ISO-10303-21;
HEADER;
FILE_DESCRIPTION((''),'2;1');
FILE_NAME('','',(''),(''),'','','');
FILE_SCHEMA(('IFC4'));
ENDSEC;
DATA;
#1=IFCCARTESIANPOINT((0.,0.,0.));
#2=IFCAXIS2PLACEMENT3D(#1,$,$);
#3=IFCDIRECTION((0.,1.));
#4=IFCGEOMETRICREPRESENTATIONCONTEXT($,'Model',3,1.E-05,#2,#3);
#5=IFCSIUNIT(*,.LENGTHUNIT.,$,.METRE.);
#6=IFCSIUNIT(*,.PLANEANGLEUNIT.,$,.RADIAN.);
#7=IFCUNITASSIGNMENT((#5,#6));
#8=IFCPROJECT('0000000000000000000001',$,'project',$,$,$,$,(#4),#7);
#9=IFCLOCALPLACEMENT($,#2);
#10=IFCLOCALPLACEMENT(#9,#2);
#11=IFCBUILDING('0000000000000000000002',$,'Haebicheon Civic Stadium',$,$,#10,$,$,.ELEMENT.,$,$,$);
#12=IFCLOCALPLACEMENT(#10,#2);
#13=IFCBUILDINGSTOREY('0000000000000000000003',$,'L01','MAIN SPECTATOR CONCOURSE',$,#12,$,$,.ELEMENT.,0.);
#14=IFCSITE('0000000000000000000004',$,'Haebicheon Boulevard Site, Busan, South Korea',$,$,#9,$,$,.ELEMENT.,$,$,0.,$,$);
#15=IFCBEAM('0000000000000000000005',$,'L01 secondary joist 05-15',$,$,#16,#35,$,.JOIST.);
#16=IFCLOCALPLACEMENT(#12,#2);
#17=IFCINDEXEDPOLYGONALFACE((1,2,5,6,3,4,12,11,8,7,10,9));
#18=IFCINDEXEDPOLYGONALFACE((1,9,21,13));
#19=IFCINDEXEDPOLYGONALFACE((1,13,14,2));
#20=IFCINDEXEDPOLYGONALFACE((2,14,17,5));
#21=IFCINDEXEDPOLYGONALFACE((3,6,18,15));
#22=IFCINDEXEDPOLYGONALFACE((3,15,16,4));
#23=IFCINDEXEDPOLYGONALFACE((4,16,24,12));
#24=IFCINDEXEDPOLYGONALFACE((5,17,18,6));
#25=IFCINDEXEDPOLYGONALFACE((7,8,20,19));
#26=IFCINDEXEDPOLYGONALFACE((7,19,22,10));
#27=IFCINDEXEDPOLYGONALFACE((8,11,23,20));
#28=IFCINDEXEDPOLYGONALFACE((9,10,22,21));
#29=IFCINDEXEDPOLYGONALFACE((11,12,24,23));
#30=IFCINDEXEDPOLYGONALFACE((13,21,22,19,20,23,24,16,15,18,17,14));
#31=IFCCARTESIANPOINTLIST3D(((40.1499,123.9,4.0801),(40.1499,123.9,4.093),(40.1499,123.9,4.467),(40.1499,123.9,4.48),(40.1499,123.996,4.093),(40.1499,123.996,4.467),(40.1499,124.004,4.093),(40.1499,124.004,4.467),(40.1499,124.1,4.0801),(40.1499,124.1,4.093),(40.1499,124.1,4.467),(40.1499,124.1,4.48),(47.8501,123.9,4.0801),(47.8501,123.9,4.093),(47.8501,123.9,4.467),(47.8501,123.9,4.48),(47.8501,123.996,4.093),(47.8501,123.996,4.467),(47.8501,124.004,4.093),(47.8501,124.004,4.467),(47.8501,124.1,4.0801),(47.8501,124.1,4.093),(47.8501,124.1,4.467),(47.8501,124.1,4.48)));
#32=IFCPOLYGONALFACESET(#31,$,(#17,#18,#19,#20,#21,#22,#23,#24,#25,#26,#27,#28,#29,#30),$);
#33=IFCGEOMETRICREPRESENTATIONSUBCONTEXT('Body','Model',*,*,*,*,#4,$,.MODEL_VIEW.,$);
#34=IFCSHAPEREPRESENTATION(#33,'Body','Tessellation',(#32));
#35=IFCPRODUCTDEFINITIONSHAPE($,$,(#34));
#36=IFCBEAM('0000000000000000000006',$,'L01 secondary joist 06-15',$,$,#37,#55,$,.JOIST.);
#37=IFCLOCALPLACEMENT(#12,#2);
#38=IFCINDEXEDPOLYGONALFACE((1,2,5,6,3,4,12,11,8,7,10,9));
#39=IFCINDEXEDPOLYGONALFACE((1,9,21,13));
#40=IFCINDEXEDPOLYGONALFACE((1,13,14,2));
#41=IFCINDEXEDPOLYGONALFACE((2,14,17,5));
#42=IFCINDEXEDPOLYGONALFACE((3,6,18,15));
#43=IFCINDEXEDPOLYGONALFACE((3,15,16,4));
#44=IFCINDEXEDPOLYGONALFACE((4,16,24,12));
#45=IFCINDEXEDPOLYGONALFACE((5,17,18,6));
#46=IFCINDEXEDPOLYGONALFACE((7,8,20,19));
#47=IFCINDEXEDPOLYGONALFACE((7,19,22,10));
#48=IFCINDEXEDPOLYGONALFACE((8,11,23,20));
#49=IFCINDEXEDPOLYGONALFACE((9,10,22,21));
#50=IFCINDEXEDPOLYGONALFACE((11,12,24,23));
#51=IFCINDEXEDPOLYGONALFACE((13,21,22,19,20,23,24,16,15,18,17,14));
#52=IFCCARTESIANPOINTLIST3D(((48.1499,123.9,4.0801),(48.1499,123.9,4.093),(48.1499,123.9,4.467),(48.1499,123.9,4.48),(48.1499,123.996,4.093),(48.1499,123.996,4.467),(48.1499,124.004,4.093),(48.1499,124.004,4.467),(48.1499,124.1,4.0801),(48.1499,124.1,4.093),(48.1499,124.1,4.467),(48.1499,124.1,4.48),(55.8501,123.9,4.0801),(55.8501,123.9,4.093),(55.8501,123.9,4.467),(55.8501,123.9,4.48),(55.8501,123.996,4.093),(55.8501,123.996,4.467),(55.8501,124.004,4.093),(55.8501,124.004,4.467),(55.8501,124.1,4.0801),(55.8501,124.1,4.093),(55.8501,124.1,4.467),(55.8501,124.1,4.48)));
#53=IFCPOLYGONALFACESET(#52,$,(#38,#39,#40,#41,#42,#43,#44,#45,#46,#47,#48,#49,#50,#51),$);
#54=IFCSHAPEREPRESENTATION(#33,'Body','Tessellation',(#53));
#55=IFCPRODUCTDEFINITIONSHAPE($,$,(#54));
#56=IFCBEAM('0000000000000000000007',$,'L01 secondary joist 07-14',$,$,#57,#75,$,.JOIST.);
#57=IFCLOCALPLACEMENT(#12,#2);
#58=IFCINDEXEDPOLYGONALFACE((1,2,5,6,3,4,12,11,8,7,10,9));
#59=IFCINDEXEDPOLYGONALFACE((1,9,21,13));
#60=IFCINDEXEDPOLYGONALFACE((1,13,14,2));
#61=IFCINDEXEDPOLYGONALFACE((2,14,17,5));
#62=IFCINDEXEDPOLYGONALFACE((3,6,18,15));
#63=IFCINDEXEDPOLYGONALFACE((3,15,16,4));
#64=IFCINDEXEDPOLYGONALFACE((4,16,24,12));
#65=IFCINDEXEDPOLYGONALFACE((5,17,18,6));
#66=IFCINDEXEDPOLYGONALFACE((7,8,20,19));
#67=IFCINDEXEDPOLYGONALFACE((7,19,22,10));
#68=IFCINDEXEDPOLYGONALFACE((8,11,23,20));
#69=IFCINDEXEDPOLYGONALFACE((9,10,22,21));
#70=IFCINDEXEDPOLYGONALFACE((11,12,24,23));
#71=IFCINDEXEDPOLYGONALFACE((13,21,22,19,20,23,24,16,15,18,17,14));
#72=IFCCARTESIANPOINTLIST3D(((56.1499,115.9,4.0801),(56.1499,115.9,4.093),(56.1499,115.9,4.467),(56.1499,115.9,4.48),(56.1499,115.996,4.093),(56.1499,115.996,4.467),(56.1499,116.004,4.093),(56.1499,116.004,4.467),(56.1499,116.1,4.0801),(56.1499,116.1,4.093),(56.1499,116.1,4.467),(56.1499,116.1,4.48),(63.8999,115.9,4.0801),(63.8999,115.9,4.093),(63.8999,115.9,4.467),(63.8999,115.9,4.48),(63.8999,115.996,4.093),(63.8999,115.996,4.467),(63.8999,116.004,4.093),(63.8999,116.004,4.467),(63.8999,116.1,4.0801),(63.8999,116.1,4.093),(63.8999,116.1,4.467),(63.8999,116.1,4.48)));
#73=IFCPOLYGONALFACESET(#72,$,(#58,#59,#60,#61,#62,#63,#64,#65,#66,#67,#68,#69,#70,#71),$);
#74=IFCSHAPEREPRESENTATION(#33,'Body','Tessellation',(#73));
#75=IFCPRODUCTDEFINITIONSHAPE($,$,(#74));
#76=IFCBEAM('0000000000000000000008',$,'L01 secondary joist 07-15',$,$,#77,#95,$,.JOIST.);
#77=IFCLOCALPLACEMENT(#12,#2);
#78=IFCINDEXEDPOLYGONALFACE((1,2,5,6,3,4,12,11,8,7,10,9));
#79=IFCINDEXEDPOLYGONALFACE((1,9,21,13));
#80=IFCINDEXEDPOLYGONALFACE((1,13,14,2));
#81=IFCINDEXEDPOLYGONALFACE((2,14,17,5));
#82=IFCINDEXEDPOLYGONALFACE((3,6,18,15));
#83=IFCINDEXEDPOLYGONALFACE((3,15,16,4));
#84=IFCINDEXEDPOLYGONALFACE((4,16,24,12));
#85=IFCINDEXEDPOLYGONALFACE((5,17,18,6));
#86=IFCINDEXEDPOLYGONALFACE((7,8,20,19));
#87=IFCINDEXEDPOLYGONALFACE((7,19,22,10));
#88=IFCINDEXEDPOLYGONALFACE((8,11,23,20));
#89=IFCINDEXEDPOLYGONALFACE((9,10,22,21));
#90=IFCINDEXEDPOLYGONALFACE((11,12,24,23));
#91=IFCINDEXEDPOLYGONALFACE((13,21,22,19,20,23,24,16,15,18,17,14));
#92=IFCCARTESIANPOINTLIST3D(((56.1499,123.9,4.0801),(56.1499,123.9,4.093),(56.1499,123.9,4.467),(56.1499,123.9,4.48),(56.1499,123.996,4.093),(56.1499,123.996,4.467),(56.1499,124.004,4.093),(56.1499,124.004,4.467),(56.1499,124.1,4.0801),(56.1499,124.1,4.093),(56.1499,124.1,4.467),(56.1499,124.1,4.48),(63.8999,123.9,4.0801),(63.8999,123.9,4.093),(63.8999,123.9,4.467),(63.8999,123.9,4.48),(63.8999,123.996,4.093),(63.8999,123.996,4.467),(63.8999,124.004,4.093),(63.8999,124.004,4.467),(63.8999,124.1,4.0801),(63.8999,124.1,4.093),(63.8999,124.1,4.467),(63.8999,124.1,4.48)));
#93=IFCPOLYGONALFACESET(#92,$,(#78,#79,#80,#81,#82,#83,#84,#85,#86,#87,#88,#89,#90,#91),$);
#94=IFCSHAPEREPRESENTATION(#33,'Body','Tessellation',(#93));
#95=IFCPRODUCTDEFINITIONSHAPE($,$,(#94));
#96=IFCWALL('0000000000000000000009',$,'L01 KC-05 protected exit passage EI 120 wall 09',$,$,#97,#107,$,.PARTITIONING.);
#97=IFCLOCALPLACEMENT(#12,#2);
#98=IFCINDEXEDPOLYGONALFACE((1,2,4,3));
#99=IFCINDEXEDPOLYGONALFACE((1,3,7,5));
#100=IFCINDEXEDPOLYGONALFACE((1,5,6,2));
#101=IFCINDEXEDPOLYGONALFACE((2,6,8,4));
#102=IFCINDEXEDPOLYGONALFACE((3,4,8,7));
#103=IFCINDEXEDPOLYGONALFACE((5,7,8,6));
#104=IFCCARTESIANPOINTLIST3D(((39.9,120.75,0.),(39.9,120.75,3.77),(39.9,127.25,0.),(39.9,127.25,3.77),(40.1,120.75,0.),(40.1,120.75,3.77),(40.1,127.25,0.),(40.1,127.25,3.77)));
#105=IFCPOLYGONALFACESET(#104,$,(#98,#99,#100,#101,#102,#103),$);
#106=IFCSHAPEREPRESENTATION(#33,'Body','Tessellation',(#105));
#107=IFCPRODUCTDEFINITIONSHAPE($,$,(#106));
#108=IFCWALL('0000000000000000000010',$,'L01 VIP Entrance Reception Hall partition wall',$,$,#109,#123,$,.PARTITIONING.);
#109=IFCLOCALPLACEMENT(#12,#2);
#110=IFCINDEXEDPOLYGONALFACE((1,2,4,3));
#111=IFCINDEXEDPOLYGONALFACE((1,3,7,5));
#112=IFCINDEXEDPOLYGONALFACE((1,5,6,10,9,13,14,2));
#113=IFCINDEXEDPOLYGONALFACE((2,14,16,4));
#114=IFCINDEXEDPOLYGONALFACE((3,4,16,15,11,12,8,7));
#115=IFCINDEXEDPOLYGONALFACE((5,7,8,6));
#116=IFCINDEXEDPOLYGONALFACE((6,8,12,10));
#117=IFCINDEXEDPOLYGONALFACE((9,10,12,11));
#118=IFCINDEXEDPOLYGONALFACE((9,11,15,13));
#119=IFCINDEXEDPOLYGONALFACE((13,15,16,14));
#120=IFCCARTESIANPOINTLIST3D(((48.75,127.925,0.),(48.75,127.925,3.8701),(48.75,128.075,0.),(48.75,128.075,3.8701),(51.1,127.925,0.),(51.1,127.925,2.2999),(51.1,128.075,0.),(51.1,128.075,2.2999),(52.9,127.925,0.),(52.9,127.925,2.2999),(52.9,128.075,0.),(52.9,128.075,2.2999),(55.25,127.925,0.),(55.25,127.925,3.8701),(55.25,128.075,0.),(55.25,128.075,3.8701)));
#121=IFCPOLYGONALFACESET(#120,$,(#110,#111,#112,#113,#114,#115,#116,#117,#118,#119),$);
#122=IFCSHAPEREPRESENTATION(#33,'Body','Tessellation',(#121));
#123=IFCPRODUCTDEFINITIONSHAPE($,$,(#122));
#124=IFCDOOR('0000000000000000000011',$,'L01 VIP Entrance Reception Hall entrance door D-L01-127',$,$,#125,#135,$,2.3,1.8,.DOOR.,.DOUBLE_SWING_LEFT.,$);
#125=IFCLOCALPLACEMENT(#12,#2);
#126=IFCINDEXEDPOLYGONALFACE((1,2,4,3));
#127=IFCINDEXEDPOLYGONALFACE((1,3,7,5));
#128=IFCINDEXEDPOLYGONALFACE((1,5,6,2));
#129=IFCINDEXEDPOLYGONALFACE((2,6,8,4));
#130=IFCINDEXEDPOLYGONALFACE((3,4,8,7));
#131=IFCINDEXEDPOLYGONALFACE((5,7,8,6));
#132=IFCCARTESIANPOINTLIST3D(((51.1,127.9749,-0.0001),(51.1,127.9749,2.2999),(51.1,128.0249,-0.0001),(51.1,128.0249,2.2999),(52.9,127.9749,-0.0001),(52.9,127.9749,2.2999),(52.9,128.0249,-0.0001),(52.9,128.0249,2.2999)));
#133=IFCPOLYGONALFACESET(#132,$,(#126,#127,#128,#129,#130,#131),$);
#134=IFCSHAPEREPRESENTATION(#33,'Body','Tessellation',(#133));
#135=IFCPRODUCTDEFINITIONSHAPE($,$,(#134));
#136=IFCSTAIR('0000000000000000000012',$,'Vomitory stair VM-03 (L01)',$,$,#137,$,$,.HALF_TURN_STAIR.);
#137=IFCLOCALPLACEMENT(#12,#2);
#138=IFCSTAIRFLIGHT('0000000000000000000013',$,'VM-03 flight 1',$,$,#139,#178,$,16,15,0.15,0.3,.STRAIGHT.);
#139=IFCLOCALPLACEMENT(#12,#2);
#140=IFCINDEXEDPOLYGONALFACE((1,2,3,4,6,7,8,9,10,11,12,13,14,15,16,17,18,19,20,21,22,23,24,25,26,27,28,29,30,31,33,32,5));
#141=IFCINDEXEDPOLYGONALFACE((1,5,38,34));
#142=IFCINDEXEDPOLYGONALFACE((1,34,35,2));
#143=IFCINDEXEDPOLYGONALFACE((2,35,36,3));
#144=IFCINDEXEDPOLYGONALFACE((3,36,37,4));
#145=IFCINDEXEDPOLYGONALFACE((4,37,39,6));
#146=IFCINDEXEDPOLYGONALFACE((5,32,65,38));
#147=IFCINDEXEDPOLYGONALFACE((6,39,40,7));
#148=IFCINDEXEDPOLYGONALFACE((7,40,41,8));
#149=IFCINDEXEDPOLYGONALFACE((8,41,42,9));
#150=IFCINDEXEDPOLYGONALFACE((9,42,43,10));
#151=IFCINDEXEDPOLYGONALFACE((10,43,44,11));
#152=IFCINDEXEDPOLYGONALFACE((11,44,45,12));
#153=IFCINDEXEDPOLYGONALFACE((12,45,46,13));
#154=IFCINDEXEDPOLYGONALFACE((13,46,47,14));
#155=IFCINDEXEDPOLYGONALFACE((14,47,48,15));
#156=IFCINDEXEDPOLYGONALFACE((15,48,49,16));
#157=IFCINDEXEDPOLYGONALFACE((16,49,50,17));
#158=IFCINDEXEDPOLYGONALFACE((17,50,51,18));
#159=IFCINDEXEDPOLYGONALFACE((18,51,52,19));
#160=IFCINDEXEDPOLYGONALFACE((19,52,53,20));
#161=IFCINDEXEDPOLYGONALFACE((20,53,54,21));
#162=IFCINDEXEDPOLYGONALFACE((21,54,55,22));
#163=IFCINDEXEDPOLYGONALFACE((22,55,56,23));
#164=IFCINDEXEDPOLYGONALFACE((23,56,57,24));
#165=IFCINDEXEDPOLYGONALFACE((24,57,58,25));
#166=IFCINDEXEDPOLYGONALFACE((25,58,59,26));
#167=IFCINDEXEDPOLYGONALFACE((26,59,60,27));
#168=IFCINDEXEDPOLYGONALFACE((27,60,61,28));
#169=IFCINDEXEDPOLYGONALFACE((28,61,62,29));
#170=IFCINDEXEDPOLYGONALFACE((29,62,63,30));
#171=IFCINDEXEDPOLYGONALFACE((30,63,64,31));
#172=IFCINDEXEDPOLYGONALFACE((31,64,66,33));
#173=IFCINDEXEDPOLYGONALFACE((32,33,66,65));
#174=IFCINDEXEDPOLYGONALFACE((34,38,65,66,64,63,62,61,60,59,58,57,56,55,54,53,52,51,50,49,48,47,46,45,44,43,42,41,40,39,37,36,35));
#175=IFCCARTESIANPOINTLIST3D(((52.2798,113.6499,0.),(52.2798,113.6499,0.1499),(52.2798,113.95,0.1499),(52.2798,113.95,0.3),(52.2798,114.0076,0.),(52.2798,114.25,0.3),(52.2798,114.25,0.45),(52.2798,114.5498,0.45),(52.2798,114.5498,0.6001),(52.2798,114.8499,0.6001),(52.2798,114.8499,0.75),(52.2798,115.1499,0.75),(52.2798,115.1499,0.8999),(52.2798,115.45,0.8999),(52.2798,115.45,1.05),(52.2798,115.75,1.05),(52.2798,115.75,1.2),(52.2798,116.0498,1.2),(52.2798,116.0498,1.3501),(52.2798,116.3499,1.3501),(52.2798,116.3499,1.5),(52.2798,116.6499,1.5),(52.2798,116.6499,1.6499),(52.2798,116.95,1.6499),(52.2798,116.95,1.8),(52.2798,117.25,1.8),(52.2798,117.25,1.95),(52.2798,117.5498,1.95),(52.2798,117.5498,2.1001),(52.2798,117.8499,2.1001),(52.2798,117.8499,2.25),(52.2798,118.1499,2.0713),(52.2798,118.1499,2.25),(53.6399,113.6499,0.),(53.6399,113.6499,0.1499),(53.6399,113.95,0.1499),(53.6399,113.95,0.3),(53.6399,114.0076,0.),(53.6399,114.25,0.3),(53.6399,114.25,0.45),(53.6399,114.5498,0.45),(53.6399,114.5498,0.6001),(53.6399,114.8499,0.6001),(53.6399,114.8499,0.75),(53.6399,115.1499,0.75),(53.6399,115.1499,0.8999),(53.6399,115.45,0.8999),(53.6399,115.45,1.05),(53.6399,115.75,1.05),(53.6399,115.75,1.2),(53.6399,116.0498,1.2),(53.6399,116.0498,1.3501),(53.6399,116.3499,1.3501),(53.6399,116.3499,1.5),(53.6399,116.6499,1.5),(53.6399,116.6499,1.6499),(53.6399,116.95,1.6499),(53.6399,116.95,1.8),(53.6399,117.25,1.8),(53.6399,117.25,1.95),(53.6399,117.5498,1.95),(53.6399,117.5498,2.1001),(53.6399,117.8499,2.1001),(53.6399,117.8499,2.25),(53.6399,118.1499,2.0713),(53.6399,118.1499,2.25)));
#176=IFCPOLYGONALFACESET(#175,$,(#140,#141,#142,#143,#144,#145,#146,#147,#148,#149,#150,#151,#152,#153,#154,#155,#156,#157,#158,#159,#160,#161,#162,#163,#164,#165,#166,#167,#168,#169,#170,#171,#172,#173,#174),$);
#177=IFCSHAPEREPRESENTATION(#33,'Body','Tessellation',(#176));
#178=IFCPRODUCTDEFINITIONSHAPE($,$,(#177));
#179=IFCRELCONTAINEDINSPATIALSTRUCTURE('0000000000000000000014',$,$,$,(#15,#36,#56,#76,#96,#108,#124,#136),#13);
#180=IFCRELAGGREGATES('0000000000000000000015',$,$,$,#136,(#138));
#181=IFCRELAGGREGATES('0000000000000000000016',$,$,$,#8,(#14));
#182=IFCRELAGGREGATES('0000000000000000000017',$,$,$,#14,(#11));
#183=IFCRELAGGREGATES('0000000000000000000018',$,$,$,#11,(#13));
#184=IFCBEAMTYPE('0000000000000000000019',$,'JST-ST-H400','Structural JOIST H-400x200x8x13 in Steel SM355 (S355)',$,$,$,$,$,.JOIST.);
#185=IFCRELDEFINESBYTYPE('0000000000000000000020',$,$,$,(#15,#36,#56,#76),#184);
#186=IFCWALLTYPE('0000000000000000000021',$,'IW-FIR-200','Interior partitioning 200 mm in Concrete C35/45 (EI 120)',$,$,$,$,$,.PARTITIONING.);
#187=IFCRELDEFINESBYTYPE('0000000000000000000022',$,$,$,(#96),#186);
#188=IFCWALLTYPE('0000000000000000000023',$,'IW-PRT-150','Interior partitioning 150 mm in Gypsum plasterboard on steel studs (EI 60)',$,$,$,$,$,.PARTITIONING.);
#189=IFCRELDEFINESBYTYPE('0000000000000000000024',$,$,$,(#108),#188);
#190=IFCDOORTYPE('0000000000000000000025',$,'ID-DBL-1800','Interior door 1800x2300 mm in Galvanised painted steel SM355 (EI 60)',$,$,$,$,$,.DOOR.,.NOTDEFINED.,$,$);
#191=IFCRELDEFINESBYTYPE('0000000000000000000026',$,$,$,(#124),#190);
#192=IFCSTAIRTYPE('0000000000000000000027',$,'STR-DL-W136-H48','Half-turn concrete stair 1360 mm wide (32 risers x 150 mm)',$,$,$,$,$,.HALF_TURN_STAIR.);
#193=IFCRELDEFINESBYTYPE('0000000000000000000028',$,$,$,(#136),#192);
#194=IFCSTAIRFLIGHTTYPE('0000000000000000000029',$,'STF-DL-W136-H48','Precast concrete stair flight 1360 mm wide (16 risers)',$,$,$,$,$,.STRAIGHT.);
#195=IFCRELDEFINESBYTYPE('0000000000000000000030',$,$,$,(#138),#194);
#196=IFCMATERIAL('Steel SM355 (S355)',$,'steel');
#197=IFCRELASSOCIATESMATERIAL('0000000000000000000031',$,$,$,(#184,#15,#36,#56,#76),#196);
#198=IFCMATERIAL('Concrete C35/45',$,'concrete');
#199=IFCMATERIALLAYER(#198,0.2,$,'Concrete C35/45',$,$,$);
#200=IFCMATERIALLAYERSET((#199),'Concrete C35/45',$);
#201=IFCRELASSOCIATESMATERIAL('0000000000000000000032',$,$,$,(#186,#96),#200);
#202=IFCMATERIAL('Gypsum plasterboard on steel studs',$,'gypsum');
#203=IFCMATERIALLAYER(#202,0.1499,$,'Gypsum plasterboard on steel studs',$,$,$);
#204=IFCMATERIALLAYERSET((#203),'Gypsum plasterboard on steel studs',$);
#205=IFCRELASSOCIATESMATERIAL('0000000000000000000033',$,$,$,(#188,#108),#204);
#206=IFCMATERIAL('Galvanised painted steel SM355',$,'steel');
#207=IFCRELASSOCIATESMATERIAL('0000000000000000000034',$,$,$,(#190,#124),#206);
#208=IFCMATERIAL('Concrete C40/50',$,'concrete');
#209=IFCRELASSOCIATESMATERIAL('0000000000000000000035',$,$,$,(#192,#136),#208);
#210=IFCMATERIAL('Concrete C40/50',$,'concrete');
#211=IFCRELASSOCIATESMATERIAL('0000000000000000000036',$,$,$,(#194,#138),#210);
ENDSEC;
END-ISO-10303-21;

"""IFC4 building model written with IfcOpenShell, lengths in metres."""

from ifc_helpers import new_model, si_unit, direction, frame, frame_2d, origin, origin_2d, place, context, subcontext, project, spatial, polyline, rectangle, i_section, outline, extrude, material, layer, layer_set, material_profile, profile_set, type_object, element, fill, aggregate, save


model = new_model("IFC4")

# Units and contexts
model_context = context("Model", 3, precision=1e-05, world=origin(), true_north=direction((0.0, 1.0)))
body_context = subcontext(model_context, "Body", "Model", "MODEL_VIEW")
ifc_project = project(units=[si_unit("LENGTHUNIT", "METRE"), si_unit("PLANEANGLEUNIT", "RADIAN")], contexts=[model_context])

# Site, building, storey
site_placement = place(None, origin())
site = spatial("IfcSite", under=ifc_project, at=site_placement, Name="Haebicheon Boulevard Site, Busan, South Korea", CompositionType="ELEMENT", RefElevation=0.0)
building_placement = place(site_placement, origin())
building = spatial("IfcBuilding", under=site, at=building_placement, Name="Haebicheon Civic Stadium", CompositionType="ELEMENT")
storey_placement = place(building_placement, origin())
storey = spatial("IfcBuildingStorey", under=building, at=storey_placement, Name="L01", Description="MAIN SPECTATOR CONCOURSE", CompositionType="ELEMENT", Elevation=0.0)

# Beams
ifc_material_1 = material(Name="Steel SM355 (S355)", Category="steel")
ifc_material_profile_1 = material_profile(ifc_material_1, i_section(OverallWidth=0.2, OverallDepth=0.3999, WebThickness=0.0081, FlangeThickness=0.0129, at=origin_2d()), Name="H-400x200x8x13")
ifc_profile_set_1 = profile_set([ifc_material_profile_1], Name="Steel SM355 (S355)")
beam_type_1 = type_object("IfcBeamType", Name="JST-ST-H400", Description="Structural JOIST H-400x200x8x13 in Steel SM355 (S355)", PredefinedType="JOIST", material=ifc_profile_set_1)
for number, where, z_axis, x_axis, name in (
    (1, (40.1499, 124.0, 4.28), (1.0, 0.0, 0.0), (0.0, 1.0, 0.0), "L01 secondary joist 05-15"),
    (2, (48.1499, 124.0, 4.28), (1.0, 0.0, 0.0), (0.0, 1.0, 0.0), "L01 secondary joist 06-15"),
):
    element("IfcBeam", number, at=place(storey_placement, frame(where, z_axis=z_axis, x_axis=x_axis)), inside=storey, type_object=beam_type_1, material=ifc_profile_set_1, Name=name, PredefinedType="JOIST", context=body_context, shape_type="SweptSolid", body=[
        extrude(i_section(OverallWidth=0.2, OverallDepth=0.3999, WebThickness=0.0081, FlangeThickness=0.0129, at=origin_2d()), origin(), (0.0, 0.0, 1.0), 7.7002),
    ])
for number, where, z_axis, x_axis, name in (
    (3, (56.1499, 116.0, 4.28), (1.0, 0.0, 0.0), (0.0, 1.0, 0.0), "L01 secondary joist 07-14"),
    (4, (56.1499, 124.0, 4.28), (1.0, 0.0, 0.0), (0.0, 1.0, 0.0), "L01 secondary joist 07-15"),
):
    element("IfcBeam", number, at=place(storey_placement, frame(where, z_axis=z_axis, x_axis=x_axis)), inside=storey, type_object=beam_type_1, material=ifc_profile_set_1, Name=name, PredefinedType="JOIST", context=body_context, shape_type="SweptSolid", body=[
        extrude(i_section(OverallWidth=0.2, OverallDepth=0.3999, WebThickness=0.0081, FlangeThickness=0.0129, at=origin_2d()), origin(), (0.0, 0.0, 1.0), 7.75),
    ])

# Wall
ifc_material_2 = material(Name="Concrete C35/45", Category="concrete")
ifc_layer_1 = layer(ifc_material_2, 0.2, Name="Concrete C35/45")
ifc_layer_set_1 = layer_set([ifc_layer_1], Name="Concrete C35/45")
wall_type_1 = type_object("IfcWallType", Name="IW-FIR-200", Description="Interior partitioning 200 mm in Concrete C35/45 (EI 120)", PredefinedType="PARTITIONING", material=ifc_layer_set_1)
wall_1_placement = place(storey_placement, frame((40.0, 120.75, 0.0), z_axis=(0.0, 0.0, 1.0), x_axis=(0.0, 1.0, 0.0)))
element("IfcWall", 5, at=wall_1_placement, inside=storey, type_object=wall_type_1, material=ifc_layer_set_1, Name="L01 KC-05 protected exit passage EI 120 wall 09", PredefinedType="PARTITIONING", context=body_context, shape_type="SweptSolid", body=[
    extrude(rectangle(XDim=6.5, YDim=0.2, at=frame_2d((3.25, 0.0))), origin(), (0.0, 0.0, 1.0), 3.77),
])

# Wall, opening, door
ifc_material_3 = material(Name="Gypsum plasterboard on steel studs", Category="gypsum")
ifc_layer_2 = layer(ifc_material_3, 0.1499, Name="Gypsum plasterboard on steel studs")
ifc_layer_set_2 = layer_set([ifc_layer_2], Name="Gypsum plasterboard on steel studs")
wall_type_2 = type_object("IfcWallType", Name="IW-PRT-150", Description="Interior partitioning 150 mm in Gypsum plasterboard on steel studs (EI 60)", PredefinedType="PARTITIONING", material=ifc_layer_set_2)
wall_2_placement = place(storey_placement, frame((48.75, 128.0, 0.0), z_axis=(0.0, 0.0, 1.0), x_axis=(1.0, 0.0, 0.0)))
wall_2 = element("IfcWall", 6, at=wall_2_placement, inside=storey, type_object=wall_type_2, material=ifc_layer_set_2, Name="L01 VIP Entrance Reception Hall partition wall", PredefinedType="PARTITIONING", context=body_context, shape_type="SweptSolid", body=[
    extrude(rectangle(XDim=6.5, YDim=0.1499, at=frame_2d((3.25, 0.0))), origin(), (0.0, 0.0, 1.0), 3.8701),
])
opening_placement = place(wall_2_placement, frame((2.3501, 0.0, 0.0)))
opening = element("IfcOpeningElement", 7, at=opening_placement, cuts=wall_2, PredefinedType="OPENING", context=body_context, shape_type="SweptSolid", body=[
    extrude(rectangle(XDim=1.8, YDim=2.3, at=frame_2d((0.8999, 1.1499))), frame((0.0, 0.085, 0.0), z_axis=(0.0, -1.0, 0.0), x_axis=(1.0, 0.0, 0.0)), (0.0, 0.0, 1.0), 0.1699),
])
ifc_material_4 = material(Name="Galvanised painted steel SM355", Category="steel")
door_type = type_object("IfcDoorType", Name="ID-DBL-1800", Description="Interior door 1800x2300 mm in Galvanised painted steel SM355 (EI 60)", OperationType="NOTDEFINED", PredefinedType="DOOR", material=ifc_material_4)
door_placement = place(opening_placement, origin())
door = element("IfcDoor", 8, at=door_placement, inside=storey, type_object=door_type, material=ifc_material_4, Name="L01 VIP Entrance Reception Hall entrance door D-L01-127", OperationType="DOUBLE_SWING_LEFT", OverallHeight=2.3, OverallWidth=1.8, PredefinedType="DOOR", context=body_context, shape_type="SweptSolid", body=[
    extrude(rectangle(XDim=1.8, YDim=2.3, at=frame_2d((0.8999, 1.1499))), frame((0.0, 0.0249, 0.0), z_axis=(0.0, -1.0, 0.0), x_axis=(1.0, 0.0, 0.0)), (0.0, 0.0, 1.0), 0.05),
])
fill(opening, door)

# Stair, stair flight
ifc_material_5 = material(Name="Concrete C40/50", Category="concrete")
stair_type = type_object("IfcStairType", Name="STR-DL-W136-H48", Description="Half-turn concrete stair 1360 mm wide (32 risers x 150 mm)", PredefinedType="HALF_TURN_STAIR", material=ifc_material_5)
stair_placement = place(storey_placement, origin())
stair = element("IfcStair", 9, at=stair_placement, inside=storey, type_object=stair_type, material=ifc_material_5, Name="Vomitory stair VM-03 (L01)", PredefinedType="HALF_TURN_STAIR")
ifc_material_6 = material(Name="Concrete C40/50", Category="concrete")
stair_flight_type = type_object("IfcStairFlightType", Name="STF-DL-W136-H48", Description="Precast concrete stair flight 1360 mm wide (16 risers)", PredefinedType="STRAIGHT", material=ifc_material_6)
stair_flight_1_placement = place(storey_placement, frame((52.96, 113.6499, 0.0), z_axis=(0.0, 0.0, 1.0), x_axis=(0.0, 1.0, 0.0)))
stair_flight_1 = element("IfcStairFlight", 10, at=stair_flight_1_placement, type_object=stair_flight_type, material=ifc_material_6, Name="VM-03 flight 1", NumberOfRisers=16, NumberOfTreads=15, PredefinedType="STRAIGHT", RiserHeight=0.15, TreadLength=0.3, context=body_context, shape_type="SweptSolid", body=[
    extrude(outline(polyline([(0.0, 0.0), (0.0, 0.1499), (0.3, 0.1499), (0.3, 0.3), (0.6001, 0.3), (0.6001, 0.45), (0.8999, 0.45), (0.8999, 0.6001), (1.2, 0.6001), (1.2, 0.75), (1.5, 0.75), (1.5, 0.8999), (1.8, 0.8999), (1.8, 1.05), (2.1001, 1.05), (2.1001, 1.2), (2.3999, 1.2), (2.3999, 1.3501), (2.7, 1.3501), (2.7, 1.5), (3.0, 1.5), (3.0, 1.6499), (3.3, 1.6499), (3.3, 1.8), (3.6001, 1.8), (3.6001, 1.95), (3.8999, 1.95), (3.8999, 2.1001), (4.2, 2.1001), (4.2, 2.25), (4.5, 2.25), (4.5, 2.3999), (4.5, 2.0713), (0.3577, 0.0), (0.0, 0.0)])), frame((0.0, 0.6802, 0.0), z_axis=(0.0, -1.0, 0.0), x_axis=(1.0, 0.0, 0.0)), (0.0, 0.0, 1.0), 1.3601),
])
aggregate(stair, [stair_flight_1])

save(model, "model.ifc")
